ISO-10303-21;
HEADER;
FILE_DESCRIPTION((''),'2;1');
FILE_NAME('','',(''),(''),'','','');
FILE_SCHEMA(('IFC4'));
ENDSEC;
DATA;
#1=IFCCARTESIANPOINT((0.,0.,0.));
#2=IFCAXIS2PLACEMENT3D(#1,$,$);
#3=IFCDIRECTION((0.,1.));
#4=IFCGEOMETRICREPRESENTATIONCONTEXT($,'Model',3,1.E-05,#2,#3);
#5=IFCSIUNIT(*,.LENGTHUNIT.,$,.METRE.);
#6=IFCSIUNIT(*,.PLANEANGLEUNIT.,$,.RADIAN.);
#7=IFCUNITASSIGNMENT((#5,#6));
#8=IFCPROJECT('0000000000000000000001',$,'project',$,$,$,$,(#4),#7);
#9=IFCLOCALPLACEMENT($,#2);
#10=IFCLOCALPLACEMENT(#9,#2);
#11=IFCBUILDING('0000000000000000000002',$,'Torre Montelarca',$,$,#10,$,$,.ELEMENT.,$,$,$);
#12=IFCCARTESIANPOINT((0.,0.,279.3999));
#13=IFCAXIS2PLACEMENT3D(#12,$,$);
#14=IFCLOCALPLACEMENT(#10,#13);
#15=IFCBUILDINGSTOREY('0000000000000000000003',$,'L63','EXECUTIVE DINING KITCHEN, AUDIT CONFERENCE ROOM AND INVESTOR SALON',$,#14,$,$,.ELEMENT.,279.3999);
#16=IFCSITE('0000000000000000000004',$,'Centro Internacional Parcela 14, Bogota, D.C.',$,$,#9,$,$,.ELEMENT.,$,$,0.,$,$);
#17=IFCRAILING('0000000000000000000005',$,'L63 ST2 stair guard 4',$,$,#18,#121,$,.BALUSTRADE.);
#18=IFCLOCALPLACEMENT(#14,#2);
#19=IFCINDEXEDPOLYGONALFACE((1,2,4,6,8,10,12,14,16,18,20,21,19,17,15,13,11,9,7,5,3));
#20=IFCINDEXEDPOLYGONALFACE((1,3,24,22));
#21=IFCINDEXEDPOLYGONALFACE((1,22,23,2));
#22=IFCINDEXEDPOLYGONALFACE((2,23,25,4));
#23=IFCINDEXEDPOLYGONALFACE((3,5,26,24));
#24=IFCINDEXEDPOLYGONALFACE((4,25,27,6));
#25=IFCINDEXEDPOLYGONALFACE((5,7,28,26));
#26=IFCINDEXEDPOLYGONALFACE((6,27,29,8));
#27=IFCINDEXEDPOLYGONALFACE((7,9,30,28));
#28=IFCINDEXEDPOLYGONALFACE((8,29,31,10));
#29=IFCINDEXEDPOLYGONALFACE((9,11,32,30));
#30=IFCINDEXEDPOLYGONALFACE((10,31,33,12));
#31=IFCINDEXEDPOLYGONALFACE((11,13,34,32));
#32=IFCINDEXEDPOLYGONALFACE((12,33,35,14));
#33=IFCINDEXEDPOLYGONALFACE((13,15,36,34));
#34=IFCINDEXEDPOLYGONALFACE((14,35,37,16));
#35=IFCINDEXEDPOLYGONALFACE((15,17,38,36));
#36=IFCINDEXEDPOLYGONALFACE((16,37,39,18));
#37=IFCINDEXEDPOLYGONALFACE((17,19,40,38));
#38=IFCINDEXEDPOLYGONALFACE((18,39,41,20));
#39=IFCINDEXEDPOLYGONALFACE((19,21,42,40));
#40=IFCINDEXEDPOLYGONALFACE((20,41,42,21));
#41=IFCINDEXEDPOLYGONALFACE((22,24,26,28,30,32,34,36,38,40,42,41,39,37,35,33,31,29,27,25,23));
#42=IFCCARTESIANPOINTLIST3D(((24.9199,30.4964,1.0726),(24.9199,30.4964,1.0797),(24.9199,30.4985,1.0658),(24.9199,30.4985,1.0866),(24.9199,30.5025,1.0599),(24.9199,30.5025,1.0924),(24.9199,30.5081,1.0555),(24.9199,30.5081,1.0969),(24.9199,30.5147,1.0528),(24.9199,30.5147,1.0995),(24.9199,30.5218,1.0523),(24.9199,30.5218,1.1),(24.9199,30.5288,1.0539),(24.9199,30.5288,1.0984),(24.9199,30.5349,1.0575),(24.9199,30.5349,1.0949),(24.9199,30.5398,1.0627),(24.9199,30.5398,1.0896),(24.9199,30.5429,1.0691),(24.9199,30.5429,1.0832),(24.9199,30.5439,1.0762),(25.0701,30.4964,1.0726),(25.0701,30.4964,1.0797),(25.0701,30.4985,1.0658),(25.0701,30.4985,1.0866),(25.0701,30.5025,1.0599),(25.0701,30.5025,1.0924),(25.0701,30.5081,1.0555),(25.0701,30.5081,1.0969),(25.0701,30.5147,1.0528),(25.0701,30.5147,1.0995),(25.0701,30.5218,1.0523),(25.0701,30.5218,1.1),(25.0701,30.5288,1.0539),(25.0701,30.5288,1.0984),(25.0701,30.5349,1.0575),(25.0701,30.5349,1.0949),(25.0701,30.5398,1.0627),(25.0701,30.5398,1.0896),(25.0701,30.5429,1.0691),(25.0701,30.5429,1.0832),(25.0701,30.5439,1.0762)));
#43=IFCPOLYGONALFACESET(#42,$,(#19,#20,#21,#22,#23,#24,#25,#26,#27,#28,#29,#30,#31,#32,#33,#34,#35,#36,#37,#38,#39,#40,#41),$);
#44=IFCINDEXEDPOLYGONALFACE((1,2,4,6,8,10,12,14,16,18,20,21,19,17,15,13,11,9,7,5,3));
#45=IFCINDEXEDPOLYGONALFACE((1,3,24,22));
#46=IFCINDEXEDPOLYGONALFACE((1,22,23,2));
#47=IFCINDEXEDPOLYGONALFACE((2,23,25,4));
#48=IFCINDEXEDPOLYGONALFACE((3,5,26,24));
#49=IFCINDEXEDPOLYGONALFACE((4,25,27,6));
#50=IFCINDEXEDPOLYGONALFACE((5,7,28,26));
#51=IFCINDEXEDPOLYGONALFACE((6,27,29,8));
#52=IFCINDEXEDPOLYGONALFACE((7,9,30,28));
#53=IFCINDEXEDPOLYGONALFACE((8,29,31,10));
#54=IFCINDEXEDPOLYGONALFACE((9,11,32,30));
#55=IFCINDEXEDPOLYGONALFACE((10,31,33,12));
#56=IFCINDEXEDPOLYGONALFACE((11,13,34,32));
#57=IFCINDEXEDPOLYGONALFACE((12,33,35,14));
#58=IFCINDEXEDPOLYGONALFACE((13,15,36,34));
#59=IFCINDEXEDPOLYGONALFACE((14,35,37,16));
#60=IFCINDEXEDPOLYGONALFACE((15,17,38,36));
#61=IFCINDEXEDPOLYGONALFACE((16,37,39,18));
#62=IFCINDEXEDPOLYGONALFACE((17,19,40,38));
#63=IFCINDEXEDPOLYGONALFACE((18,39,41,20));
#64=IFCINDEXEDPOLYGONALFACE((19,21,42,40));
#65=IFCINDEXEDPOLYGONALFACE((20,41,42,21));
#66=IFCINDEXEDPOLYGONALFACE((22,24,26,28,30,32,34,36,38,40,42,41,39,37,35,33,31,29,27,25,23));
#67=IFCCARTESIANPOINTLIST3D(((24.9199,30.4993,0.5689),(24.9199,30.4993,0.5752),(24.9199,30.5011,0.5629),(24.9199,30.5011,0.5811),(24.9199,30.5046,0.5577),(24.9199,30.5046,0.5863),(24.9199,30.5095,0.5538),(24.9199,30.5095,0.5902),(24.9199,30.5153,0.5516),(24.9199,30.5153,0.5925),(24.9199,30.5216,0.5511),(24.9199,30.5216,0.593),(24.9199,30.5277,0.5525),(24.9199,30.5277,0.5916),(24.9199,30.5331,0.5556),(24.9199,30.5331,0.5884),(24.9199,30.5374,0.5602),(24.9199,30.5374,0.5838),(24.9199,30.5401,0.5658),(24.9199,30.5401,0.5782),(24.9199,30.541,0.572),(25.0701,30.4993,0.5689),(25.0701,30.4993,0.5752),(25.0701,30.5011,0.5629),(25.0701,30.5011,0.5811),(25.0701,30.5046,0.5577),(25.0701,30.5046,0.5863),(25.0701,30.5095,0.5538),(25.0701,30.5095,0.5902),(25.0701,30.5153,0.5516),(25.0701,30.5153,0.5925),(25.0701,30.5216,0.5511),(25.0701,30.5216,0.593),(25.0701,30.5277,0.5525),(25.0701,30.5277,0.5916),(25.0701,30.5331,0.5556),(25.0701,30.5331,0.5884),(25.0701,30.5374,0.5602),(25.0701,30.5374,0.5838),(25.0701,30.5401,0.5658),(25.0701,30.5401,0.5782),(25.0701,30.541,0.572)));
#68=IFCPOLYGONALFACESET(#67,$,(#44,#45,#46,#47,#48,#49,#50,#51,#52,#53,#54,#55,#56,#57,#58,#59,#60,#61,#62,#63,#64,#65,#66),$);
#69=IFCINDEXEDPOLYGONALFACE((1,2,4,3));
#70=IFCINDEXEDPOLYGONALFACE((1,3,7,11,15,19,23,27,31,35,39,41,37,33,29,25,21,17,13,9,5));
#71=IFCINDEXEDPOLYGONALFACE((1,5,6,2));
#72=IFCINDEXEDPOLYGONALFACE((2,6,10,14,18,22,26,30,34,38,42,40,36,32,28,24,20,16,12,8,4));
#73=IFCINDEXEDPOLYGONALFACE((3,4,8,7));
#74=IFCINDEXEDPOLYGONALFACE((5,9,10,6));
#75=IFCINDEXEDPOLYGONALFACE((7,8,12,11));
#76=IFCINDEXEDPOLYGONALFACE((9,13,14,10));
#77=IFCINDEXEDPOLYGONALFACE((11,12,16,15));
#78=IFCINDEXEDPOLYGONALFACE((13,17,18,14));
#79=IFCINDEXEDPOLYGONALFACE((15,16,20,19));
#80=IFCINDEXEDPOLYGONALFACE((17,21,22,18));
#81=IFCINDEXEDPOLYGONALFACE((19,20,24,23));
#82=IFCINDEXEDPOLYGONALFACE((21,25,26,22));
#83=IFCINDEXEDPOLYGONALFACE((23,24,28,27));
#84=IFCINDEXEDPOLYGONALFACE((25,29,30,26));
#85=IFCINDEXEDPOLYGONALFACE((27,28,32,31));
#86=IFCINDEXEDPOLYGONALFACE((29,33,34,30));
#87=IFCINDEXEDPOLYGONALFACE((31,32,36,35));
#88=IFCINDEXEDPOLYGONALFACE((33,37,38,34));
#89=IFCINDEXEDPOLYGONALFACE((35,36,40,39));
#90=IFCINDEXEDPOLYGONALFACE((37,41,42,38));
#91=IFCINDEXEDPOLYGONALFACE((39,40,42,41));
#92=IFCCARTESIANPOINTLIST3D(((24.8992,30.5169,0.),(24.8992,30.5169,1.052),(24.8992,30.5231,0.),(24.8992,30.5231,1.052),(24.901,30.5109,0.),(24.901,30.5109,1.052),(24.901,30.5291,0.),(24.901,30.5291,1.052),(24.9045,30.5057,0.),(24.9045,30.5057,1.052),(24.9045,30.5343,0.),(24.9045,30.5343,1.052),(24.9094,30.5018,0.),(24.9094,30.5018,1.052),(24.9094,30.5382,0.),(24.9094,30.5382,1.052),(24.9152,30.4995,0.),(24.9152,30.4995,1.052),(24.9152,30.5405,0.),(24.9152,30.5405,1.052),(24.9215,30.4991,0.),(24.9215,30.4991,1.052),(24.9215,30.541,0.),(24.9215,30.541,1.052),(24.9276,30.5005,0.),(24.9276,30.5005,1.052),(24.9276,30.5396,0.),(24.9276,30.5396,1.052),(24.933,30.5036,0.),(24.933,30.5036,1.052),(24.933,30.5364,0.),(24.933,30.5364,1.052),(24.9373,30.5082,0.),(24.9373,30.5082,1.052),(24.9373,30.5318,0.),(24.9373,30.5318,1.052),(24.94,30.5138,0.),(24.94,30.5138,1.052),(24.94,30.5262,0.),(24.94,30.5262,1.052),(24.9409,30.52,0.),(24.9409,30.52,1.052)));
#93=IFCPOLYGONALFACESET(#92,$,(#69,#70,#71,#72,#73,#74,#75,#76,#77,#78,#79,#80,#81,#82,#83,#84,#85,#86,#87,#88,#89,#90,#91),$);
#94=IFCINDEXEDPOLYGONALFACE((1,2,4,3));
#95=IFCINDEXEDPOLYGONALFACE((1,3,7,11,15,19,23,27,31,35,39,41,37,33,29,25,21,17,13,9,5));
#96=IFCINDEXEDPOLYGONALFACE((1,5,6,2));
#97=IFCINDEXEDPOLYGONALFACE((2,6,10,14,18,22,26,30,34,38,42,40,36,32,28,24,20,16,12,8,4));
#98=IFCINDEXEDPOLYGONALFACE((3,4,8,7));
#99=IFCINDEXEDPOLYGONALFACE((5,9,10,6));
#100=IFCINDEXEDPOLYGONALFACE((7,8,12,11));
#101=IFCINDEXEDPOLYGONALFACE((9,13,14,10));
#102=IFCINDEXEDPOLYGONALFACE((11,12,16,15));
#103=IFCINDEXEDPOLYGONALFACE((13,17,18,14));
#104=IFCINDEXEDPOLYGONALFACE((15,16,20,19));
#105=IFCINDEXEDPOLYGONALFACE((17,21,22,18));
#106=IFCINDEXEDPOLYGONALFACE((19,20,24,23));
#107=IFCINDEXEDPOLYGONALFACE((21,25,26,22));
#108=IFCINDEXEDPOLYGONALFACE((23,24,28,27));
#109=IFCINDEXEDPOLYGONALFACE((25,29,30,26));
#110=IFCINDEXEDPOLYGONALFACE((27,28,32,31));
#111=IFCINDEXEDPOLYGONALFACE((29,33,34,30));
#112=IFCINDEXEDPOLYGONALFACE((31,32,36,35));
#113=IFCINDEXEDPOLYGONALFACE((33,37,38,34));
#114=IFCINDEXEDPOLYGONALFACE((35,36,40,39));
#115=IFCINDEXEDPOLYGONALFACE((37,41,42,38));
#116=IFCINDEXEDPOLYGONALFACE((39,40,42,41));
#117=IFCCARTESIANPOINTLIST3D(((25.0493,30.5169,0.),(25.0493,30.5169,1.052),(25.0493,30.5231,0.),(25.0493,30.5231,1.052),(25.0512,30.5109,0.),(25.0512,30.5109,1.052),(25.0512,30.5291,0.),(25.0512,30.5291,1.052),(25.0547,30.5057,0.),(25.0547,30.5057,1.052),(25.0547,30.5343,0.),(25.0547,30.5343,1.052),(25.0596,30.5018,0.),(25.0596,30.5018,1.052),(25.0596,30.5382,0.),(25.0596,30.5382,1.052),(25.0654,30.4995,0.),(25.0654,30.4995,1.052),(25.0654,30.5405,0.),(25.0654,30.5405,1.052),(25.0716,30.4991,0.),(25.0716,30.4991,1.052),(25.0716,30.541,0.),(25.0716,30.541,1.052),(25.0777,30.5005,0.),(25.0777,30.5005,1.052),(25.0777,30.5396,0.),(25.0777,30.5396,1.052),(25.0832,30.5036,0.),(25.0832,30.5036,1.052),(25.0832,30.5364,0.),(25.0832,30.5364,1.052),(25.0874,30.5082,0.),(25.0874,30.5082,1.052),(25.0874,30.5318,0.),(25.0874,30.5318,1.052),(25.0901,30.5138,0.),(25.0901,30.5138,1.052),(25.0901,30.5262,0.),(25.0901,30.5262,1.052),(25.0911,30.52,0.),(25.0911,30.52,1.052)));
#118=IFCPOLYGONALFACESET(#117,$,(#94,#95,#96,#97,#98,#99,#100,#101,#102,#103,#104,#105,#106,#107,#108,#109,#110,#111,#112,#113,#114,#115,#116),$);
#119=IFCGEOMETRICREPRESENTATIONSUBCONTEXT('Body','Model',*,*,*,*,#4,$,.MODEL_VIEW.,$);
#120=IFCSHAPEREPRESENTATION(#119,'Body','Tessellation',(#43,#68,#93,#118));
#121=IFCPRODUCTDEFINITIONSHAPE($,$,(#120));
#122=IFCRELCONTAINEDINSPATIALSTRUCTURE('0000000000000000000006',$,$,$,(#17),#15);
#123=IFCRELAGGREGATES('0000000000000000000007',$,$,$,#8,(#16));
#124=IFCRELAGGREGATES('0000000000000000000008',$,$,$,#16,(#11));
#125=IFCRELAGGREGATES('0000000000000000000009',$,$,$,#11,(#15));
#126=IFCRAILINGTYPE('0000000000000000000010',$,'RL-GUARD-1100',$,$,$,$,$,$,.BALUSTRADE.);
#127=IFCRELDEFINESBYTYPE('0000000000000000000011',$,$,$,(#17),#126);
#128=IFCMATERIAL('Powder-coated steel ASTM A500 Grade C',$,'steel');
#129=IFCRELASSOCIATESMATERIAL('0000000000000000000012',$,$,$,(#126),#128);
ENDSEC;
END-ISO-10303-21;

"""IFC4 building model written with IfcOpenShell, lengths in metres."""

from ifc_helpers import new_model, si_unit, direction, frame, origin, origin_2d, place, context, subcontext, project, spatial, circle, extrude, material, type_object, element, save


model = new_model("IFC4")

# Units and contexts
model_context = context("Model", 3, precision=1e-05, world=origin(), true_north=direction((0.0, 1.0)))
body_context = subcontext(model_context, "Body", "Model", "MODEL_VIEW")
ifc_project = project(units=[si_unit("LENGTHUNIT", "METRE"), si_unit("PLANEANGLEUNIT", "RADIAN")], contexts=[model_context])

# Site, building, storey
site_placement = place(None, origin())
site = spatial("IfcSite", under=ifc_project, at=site_placement, Name="Centro Internacional Parcela 14, Bogota, D.C.", CompositionType="ELEMENT", RefElevation=0.0)
building_placement = place(site_placement, origin())
building = spatial("IfcBuilding", under=site, at=building_placement, Name="Torre Montelarca", CompositionType="ELEMENT")
storey_placement = place(building_placement, frame((0.0, 0.0, 279.3999)))
storey = spatial("IfcBuildingStorey", under=building, at=storey_placement, Name="L63", Description="EXECUTIVE DINING KITCHEN, AUDIT CONFERENCE ROOM AND INVESTOR SALON", CompositionType="ELEMENT", Elevation=279.3999)

# Railing
ifc_material_1 = material(Name="Powder-coated steel ASTM A500 Grade C", Category="steel")
railing_type_1 = type_object("IfcRailingType", Name="RL-GUARD-1100", PredefinedType="BALUSTRADE", material=ifc_material_1)
railing_1_placement = place(storey_placement, frame((24.9199, 30.52, 0.0)))
element("IfcRailing", 1, at=railing_1_placement, inside=storey, type_object=railing_type_1, Name="L63 ST2 stair guard 4", PredefinedType="BALUSTRADE", context=body_context, shape_type="SweptSolid", body=[
    extrude(circle(Radius=0.0239, at=origin_2d()), frame((0.0, 0.0, 1.0762), z_axis=(1.0, 0.0, 0.0), x_axis=(0.0, 1.0, 0.0)), (0.0, 0.0, 1.0), 0.1501),
    extrude(circle(Radius=0.021, at=origin_2d()), frame((0.0, 0.0, 0.572), z_axis=(1.0, 0.0, 0.0), x_axis=(0.0, 1.0, 0.0)), (0.0, 0.0, 1.0), 0.1501),
    extrude(circle(Radius=0.021, at=origin_2d()), origin(), (0.0, 0.0, 1.0), 1.052),
    extrude(circle(Radius=0.021, at=origin_2d()), frame((0.1501, 0.0, 0.0)), (0.0, 0.0, 1.0), 1.052),
])

save(model, "model.ifc")
